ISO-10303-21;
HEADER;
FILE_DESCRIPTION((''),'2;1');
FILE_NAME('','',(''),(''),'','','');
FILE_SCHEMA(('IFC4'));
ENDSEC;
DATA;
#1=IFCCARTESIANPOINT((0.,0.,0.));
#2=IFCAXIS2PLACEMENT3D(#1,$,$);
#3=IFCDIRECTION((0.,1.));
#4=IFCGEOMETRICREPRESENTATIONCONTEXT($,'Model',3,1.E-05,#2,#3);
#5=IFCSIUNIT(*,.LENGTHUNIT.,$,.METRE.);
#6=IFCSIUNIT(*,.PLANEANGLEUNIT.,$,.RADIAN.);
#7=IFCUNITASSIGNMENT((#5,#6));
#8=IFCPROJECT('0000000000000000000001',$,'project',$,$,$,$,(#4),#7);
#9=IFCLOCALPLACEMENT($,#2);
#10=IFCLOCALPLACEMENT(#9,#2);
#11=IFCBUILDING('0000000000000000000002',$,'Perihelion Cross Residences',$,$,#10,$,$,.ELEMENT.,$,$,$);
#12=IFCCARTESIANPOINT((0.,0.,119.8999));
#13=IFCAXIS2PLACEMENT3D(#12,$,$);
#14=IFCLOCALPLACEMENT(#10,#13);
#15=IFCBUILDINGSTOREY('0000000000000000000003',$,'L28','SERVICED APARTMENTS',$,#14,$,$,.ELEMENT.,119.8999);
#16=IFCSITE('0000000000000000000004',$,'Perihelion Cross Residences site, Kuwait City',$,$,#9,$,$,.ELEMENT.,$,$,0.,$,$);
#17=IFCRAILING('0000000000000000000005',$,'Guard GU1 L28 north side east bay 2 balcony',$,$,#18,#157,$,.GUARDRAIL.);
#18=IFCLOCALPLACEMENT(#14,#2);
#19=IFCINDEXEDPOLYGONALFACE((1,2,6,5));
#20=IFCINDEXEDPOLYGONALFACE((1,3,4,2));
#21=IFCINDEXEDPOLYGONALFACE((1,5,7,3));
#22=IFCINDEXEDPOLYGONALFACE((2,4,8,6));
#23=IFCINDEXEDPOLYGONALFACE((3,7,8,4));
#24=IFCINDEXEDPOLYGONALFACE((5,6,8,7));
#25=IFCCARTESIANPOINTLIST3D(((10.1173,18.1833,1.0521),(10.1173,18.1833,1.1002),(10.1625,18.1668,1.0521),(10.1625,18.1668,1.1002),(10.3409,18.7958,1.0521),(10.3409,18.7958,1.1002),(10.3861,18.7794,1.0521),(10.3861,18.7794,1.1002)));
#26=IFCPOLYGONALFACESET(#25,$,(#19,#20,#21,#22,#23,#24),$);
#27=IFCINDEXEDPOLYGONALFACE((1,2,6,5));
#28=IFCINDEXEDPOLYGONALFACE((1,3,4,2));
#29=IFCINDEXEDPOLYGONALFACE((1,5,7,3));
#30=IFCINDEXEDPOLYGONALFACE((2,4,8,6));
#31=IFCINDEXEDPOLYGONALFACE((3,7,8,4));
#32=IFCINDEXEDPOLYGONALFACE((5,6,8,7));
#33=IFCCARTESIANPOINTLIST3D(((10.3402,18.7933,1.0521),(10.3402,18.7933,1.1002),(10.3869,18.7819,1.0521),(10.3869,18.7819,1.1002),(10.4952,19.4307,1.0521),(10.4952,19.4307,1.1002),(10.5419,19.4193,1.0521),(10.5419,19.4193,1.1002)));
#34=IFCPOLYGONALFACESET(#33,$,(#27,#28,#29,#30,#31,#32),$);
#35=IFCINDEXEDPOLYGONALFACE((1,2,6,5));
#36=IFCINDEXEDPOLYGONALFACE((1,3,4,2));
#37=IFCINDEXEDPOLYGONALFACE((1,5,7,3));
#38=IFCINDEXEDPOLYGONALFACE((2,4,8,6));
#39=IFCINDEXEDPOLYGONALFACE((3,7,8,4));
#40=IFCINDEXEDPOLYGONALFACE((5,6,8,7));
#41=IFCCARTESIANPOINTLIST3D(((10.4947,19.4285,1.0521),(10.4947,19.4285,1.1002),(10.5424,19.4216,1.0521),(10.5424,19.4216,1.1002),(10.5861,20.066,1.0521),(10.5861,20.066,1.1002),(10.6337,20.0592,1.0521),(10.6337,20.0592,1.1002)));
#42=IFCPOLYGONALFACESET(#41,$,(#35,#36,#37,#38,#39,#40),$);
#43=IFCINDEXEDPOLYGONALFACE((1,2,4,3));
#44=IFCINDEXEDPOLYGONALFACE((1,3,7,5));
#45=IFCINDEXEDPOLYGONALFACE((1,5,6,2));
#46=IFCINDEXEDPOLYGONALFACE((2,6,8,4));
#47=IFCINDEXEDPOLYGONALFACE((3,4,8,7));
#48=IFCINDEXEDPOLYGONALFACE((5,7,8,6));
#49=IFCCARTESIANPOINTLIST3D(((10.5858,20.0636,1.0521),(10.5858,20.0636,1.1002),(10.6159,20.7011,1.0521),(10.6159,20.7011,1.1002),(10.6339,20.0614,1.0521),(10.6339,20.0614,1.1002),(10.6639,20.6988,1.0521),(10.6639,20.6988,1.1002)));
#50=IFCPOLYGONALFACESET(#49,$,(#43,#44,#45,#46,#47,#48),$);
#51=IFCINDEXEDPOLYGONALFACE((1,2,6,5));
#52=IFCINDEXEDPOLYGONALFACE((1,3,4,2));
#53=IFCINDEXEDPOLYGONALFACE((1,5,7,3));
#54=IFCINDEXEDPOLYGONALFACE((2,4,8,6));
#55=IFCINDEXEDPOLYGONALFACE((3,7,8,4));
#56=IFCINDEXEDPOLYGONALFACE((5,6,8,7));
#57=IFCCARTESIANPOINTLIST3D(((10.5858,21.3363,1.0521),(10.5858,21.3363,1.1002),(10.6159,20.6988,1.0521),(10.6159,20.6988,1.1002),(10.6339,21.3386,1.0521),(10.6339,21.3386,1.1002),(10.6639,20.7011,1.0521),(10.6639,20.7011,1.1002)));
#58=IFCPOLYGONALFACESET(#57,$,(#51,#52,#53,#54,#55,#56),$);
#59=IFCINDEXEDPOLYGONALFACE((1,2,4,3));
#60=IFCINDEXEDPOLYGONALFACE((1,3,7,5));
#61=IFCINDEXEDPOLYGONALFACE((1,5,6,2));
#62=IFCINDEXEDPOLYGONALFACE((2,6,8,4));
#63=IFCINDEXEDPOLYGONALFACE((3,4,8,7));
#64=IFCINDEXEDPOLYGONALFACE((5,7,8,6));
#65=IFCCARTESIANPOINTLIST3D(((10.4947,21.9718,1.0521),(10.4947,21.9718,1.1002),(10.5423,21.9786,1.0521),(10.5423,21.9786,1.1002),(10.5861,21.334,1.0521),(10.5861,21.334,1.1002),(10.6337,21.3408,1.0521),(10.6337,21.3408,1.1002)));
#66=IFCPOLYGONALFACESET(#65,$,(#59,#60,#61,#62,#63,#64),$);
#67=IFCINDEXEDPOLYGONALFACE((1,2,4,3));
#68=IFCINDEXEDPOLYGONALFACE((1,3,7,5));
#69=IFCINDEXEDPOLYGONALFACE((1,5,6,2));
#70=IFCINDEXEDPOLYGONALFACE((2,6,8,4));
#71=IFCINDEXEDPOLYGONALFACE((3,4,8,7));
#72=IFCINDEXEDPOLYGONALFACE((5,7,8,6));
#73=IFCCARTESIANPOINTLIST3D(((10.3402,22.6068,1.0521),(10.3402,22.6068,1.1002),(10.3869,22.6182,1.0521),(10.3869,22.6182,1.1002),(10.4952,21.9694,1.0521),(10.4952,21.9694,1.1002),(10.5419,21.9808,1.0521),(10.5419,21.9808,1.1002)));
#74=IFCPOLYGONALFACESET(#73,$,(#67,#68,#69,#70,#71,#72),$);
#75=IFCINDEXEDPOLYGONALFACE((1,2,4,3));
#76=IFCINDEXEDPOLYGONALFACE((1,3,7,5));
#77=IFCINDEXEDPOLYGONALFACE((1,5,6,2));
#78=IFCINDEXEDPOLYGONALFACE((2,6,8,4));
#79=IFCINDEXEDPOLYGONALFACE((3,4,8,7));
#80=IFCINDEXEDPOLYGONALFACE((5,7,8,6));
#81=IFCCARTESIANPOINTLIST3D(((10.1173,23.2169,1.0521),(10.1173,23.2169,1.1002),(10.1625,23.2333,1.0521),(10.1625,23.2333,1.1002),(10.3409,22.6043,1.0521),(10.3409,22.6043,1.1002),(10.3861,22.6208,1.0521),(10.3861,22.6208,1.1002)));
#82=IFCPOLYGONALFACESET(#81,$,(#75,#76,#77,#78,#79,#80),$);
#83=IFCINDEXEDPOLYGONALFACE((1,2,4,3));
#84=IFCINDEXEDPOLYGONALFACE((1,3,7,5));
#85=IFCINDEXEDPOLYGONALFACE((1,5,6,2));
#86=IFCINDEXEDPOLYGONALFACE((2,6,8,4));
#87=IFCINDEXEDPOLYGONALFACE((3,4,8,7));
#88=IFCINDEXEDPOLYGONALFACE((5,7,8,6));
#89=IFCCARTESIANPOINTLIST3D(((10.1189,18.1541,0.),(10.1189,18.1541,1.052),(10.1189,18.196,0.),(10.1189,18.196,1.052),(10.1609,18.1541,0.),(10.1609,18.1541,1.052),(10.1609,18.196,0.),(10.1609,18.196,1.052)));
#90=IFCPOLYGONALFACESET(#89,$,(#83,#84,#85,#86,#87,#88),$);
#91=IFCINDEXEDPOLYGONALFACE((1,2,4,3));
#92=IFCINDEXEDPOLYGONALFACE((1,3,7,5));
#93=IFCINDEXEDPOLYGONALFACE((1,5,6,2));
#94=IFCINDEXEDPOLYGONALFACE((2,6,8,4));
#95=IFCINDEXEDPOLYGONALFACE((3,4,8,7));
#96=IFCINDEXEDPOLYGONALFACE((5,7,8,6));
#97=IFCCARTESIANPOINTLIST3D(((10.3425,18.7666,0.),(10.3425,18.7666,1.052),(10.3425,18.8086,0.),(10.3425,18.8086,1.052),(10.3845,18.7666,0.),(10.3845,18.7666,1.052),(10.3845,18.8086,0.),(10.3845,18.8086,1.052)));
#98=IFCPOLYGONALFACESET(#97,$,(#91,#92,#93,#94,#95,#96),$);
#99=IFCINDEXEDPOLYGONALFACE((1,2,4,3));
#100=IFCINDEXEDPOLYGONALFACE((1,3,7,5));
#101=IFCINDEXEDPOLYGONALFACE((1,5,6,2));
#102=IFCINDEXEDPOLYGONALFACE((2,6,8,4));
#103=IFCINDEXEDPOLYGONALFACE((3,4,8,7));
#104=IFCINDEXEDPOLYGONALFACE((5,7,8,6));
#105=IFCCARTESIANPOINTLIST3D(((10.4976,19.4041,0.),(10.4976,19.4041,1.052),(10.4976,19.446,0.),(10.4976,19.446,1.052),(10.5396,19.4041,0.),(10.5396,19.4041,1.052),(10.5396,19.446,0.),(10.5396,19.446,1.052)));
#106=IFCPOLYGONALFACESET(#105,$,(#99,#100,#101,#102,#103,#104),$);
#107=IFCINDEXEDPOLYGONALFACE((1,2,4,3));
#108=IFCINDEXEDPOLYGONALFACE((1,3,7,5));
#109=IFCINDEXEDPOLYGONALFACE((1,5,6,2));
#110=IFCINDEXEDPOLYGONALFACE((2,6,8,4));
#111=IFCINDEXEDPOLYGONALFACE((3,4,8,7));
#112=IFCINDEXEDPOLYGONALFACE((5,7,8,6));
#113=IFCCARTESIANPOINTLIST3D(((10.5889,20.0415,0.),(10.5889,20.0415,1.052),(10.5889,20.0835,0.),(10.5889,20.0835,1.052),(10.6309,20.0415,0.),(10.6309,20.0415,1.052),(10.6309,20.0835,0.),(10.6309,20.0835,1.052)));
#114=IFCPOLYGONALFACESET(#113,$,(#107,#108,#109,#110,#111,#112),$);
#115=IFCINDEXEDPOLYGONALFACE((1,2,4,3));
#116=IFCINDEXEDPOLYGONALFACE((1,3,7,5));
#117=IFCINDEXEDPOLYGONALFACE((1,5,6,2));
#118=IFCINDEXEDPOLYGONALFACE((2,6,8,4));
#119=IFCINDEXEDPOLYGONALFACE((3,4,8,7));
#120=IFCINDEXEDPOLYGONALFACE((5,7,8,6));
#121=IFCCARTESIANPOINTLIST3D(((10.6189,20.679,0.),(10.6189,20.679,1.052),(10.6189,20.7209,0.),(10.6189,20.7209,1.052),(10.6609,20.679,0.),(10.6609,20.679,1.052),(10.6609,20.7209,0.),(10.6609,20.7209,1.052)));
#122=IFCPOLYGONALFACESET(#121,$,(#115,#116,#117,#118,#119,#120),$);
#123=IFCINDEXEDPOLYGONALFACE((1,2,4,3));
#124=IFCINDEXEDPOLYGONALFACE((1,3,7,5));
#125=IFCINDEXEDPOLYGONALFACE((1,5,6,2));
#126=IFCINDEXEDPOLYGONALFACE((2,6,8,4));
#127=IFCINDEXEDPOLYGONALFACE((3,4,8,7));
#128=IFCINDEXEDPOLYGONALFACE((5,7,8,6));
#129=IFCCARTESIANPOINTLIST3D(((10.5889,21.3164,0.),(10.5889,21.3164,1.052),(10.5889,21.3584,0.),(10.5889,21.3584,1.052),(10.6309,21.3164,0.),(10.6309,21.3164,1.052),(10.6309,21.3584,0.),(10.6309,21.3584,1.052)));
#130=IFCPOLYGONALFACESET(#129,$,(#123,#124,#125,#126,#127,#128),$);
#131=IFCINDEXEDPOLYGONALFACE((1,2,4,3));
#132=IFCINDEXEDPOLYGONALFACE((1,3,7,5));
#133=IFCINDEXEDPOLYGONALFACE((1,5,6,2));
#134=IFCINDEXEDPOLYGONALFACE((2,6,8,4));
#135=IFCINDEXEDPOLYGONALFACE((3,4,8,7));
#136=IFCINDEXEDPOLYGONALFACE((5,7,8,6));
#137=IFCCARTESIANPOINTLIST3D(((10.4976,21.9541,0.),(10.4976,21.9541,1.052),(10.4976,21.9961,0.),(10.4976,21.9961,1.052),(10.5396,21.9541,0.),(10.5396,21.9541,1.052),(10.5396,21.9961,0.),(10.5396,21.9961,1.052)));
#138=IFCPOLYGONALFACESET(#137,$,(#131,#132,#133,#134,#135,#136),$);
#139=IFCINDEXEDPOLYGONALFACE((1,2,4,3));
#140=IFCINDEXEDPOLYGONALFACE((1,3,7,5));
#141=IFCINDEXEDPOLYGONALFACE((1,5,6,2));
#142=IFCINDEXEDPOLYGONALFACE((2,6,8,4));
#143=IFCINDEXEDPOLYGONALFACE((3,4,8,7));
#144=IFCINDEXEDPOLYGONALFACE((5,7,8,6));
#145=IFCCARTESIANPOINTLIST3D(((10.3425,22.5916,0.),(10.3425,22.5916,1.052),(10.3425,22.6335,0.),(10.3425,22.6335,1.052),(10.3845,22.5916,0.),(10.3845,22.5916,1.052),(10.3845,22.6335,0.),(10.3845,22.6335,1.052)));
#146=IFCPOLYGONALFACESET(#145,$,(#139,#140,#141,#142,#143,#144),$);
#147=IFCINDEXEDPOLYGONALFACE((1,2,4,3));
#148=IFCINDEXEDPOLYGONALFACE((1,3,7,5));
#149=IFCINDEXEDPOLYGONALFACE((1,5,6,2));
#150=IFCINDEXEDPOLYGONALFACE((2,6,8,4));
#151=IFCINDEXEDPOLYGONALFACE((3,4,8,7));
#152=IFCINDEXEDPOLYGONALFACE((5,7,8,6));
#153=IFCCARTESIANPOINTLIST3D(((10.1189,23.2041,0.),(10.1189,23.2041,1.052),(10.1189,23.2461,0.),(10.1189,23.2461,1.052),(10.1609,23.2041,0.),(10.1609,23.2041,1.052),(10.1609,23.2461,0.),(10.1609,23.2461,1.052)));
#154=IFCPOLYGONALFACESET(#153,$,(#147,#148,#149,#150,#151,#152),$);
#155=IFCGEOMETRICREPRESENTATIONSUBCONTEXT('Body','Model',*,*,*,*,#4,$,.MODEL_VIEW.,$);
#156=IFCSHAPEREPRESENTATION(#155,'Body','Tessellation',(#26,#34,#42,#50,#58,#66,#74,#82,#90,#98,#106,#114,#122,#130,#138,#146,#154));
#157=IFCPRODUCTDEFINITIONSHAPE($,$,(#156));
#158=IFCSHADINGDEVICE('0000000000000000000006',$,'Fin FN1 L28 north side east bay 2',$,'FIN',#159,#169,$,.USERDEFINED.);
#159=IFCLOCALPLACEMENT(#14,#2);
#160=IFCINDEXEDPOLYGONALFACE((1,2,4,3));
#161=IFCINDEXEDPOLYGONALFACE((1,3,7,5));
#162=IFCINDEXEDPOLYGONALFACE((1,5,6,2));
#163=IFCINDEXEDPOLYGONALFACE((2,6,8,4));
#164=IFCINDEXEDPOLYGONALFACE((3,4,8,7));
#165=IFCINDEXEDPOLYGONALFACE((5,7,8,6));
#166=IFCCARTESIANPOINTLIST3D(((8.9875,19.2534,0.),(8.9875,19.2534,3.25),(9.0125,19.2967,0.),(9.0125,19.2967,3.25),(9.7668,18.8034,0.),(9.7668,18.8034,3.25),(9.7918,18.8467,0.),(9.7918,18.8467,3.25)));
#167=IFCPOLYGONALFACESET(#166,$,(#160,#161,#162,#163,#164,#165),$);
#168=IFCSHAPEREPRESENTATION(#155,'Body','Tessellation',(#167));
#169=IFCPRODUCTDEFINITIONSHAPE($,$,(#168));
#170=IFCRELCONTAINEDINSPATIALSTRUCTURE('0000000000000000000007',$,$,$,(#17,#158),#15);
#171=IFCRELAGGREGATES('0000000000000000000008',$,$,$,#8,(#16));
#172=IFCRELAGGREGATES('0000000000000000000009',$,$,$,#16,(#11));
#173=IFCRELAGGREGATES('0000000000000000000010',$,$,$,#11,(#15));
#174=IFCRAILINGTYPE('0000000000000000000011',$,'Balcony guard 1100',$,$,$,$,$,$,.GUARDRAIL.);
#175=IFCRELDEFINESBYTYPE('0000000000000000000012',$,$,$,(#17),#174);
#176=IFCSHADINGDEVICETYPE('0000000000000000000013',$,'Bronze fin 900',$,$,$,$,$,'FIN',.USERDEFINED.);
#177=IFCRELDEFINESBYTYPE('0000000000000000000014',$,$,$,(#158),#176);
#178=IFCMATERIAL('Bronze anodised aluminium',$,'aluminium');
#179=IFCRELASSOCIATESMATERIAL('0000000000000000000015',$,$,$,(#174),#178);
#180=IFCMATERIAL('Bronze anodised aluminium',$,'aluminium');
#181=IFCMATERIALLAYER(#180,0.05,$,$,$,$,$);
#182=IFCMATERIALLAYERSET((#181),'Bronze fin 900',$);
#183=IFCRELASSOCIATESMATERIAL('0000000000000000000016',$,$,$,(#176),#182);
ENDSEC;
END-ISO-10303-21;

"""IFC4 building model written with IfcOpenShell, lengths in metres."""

from ifc_helpers import new_model, si_unit, direction, frame, origin, origin_2d, place, context, subcontext, project, spatial, rectangle, extrude, material, layer, layer_set, type_object, element, save


model = new_model("IFC4")

# Units and contexts
model_context = context("Model", 3, precision=1e-05, world=origin(), true_north=direction((0.0, 1.0)))
body_context = subcontext(model_context, "Body", "Model", "MODEL_VIEW")
ifc_project = project(units=[si_unit("LENGTHUNIT", "METRE"), si_unit("PLANEANGLEUNIT", "RADIAN")], contexts=[model_context])

# Site, building, storey
site_placement = place(None, origin())
site = spatial("IfcSite", under=ifc_project, at=site_placement, Name="Perihelion Cross Residences site, Kuwait City", CompositionType="ELEMENT", RefElevation=0.0)
building_placement = place(site_placement, origin())
building = spatial("IfcBuilding", under=site, at=building_placement, Name="Perihelion Cross Residences", CompositionType="ELEMENT")
storey_placement = place(building_placement, frame((0.0, 0.0, 119.8999)))
storey = spatial("IfcBuildingStorey", under=building, at=storey_placement, Name="L28", Description="SERVICED APARTMENTS", CompositionType="ELEMENT", Elevation=119.8999)

# Railing
ifc_material_1 = material(Name="Bronze anodised aluminium", Category="aluminium")
railing_type = type_object("IfcRailingType", Name="Balcony guard 1100", PredefinedType="GUARDRAIL", material=ifc_material_1)
railing_1_placement = place(storey_placement, frame((10.1399, 18.175, 0.0)))
element("IfcRailing", 1, at=railing_1_placement, inside=storey, type_object=railing_type, Name="Guard GU1 L28 north side east bay 2 balcony", PredefinedType="GUARDRAIL", context=body_context, shape_type="SweptSolid", body=[
    extrude(rectangle(XDim=0.0481, YDim=0.0481, at=origin_2d()), frame((0.0, 0.0, 1.0762), z_axis=(0.342945, 0.939355, 0.0), x_axis=(-0.939355, 0.342945, 0.0)), (0.0, 0.0, 1.0), 0.6521),
    extrude(rectangle(XDim=0.0481, YDim=0.0481, at=origin_2d()), frame((0.2236, 0.6125, 1.0762), z_axis=(0.236314, 0.971677, 0.0), x_axis=(-0.971677, 0.236314, 0.0)), (0.0, 0.0, 1.0), 0.656),
    extrude(rectangle(XDim=0.0481, YDim=0.0481, at=origin_2d()), frame((0.3787, 1.25, 1.0762), z_axis=(0.141793, 0.989896, 0.0), x_axis=(-0.989896, 0.141793, 0.0)), (0.0, 0.0, 1.0), 0.644),
    extrude(rectangle(XDim=0.0481, YDim=0.0481, at=origin_2d()), frame((0.47, 1.8875, 1.0762), z_axis=(0.047056, 0.998892, 0.0), x_axis=(-0.998892, 0.047056, 0.0)), (0.0, 0.0, 1.0), 0.6382),
    extrude(rectangle(XDim=0.0481, YDim=0.0481, at=origin_2d()), frame((0.5, 2.5249, 1.0762), z_axis=(-0.047056, 0.998892, 0.0), x_axis=(-0.998892, -0.047056, 0.0)), (0.0, 0.0, 1.0), 0.6382),
    extrude(rectangle(XDim=0.0481, YDim=0.0481, at=origin_2d()), frame((0.47, 3.1624, 1.0762), z_axis=(-0.14174, 0.989904, 0.0), x_axis=(-0.989904, -0.14174, 0.0)), (0.0, 0.0, 1.0), 0.6443),
    extrude(rectangle(XDim=0.0481, YDim=0.0481, at=origin_2d()), frame((0.3787, 3.8, 1.0762), z_axis=(-0.236314, 0.971677, 0.0), x_axis=(-0.971677, -0.236314, 0.0)), (0.0, 0.0, 1.0), 0.656),
    extrude(rectangle(XDim=0.0481, YDim=0.0481, at=origin_2d()), frame((0.2236, 4.4375, 1.0762), z_axis=(-0.342945, 0.939355, 0.0), x_axis=(-0.939355, -0.342945, 0.0)), (0.0, 0.0, 1.0), 0.6521),
    extrude(rectangle(XDim=0.042, YDim=0.042, at=origin_2d()), origin(), (0.0, 0.0, 1.0), 1.052),
    extrude(rectangle(XDim=0.042, YDim=0.042, at=origin_2d()), frame((0.2236, 0.6125, 0.0)), (0.0, 0.0, 1.0), 1.052),
    extrude(rectangle(XDim=0.042, YDim=0.042, at=origin_2d()), frame((0.3787, 1.25, 0.0)), (0.0, 0.0, 1.0), 1.052),
    extrude(rectangle(XDim=0.042, YDim=0.042, at=origin_2d()), frame((0.47, 1.8875, 0.0)), (0.0, 0.0, 1.0), 1.052),
    extrude(rectangle(XDim=0.042, YDim=0.042, at=origin_2d()), frame((0.5, 2.5249, 0.0)), (0.0, 0.0, 1.0), 1.052),
    extrude(rectangle(XDim=0.042, YDim=0.042, at=origin_2d()), frame((0.47, 3.1624, 0.0)), (0.0, 0.0, 1.0), 1.052),
    extrude(rectangle(XDim=0.042, YDim=0.042, at=origin_2d()), frame((0.3787, 3.8, 0.0)), (0.0, 0.0, 1.0), 1.052),
    extrude(rectangle(XDim=0.042, YDim=0.042, at=origin_2d()), frame((0.2236, 4.4375, 0.0)), (0.0, 0.0, 1.0), 1.052),
    extrude(rectangle(XDim=0.042, YDim=0.042, at=origin_2d()), frame((0.0, 5.05, 0.0)), (0.0, 0.0, 1.0), 1.052),
])

# Shading device
ifc_material_2 = material(Name="Bronze anodised aluminium", Category="aluminium")
ifc_layer_1 = layer(ifc_material_2, 0.05)
ifc_layer_set_1 = layer_set([ifc_layer_1], Name="Bronze fin 900")
shading_device_type = type_object("IfcShadingDeviceType", Name="Bronze fin 900", ElementType="FIN", PredefinedType="USERDEFINED", material=ifc_layer_set_1)
shading_device_placement = place(storey_placement, frame((9.3896, 19.05, 0.0), z_axis=(0.0, 0.0, 1.0), x_axis=(0.866025, -0.5, 0.0)))
element("IfcShadingDevice", 2, at=shading_device_placement, inside=storey, type_object=shading_device_type, Name="Fin FN1 L28 north side east bay 2", ObjectType="FIN", PredefinedType="USERDEFINED", context=body_context, shape_type="SweptSolid", body=[
    extrude(rectangle(XDim=0.8999, YDim=0.05, at=origin_2d()), origin(), (0.0, 0.0, 1.0), 3.25),
])

save(model, "model.ifc")
